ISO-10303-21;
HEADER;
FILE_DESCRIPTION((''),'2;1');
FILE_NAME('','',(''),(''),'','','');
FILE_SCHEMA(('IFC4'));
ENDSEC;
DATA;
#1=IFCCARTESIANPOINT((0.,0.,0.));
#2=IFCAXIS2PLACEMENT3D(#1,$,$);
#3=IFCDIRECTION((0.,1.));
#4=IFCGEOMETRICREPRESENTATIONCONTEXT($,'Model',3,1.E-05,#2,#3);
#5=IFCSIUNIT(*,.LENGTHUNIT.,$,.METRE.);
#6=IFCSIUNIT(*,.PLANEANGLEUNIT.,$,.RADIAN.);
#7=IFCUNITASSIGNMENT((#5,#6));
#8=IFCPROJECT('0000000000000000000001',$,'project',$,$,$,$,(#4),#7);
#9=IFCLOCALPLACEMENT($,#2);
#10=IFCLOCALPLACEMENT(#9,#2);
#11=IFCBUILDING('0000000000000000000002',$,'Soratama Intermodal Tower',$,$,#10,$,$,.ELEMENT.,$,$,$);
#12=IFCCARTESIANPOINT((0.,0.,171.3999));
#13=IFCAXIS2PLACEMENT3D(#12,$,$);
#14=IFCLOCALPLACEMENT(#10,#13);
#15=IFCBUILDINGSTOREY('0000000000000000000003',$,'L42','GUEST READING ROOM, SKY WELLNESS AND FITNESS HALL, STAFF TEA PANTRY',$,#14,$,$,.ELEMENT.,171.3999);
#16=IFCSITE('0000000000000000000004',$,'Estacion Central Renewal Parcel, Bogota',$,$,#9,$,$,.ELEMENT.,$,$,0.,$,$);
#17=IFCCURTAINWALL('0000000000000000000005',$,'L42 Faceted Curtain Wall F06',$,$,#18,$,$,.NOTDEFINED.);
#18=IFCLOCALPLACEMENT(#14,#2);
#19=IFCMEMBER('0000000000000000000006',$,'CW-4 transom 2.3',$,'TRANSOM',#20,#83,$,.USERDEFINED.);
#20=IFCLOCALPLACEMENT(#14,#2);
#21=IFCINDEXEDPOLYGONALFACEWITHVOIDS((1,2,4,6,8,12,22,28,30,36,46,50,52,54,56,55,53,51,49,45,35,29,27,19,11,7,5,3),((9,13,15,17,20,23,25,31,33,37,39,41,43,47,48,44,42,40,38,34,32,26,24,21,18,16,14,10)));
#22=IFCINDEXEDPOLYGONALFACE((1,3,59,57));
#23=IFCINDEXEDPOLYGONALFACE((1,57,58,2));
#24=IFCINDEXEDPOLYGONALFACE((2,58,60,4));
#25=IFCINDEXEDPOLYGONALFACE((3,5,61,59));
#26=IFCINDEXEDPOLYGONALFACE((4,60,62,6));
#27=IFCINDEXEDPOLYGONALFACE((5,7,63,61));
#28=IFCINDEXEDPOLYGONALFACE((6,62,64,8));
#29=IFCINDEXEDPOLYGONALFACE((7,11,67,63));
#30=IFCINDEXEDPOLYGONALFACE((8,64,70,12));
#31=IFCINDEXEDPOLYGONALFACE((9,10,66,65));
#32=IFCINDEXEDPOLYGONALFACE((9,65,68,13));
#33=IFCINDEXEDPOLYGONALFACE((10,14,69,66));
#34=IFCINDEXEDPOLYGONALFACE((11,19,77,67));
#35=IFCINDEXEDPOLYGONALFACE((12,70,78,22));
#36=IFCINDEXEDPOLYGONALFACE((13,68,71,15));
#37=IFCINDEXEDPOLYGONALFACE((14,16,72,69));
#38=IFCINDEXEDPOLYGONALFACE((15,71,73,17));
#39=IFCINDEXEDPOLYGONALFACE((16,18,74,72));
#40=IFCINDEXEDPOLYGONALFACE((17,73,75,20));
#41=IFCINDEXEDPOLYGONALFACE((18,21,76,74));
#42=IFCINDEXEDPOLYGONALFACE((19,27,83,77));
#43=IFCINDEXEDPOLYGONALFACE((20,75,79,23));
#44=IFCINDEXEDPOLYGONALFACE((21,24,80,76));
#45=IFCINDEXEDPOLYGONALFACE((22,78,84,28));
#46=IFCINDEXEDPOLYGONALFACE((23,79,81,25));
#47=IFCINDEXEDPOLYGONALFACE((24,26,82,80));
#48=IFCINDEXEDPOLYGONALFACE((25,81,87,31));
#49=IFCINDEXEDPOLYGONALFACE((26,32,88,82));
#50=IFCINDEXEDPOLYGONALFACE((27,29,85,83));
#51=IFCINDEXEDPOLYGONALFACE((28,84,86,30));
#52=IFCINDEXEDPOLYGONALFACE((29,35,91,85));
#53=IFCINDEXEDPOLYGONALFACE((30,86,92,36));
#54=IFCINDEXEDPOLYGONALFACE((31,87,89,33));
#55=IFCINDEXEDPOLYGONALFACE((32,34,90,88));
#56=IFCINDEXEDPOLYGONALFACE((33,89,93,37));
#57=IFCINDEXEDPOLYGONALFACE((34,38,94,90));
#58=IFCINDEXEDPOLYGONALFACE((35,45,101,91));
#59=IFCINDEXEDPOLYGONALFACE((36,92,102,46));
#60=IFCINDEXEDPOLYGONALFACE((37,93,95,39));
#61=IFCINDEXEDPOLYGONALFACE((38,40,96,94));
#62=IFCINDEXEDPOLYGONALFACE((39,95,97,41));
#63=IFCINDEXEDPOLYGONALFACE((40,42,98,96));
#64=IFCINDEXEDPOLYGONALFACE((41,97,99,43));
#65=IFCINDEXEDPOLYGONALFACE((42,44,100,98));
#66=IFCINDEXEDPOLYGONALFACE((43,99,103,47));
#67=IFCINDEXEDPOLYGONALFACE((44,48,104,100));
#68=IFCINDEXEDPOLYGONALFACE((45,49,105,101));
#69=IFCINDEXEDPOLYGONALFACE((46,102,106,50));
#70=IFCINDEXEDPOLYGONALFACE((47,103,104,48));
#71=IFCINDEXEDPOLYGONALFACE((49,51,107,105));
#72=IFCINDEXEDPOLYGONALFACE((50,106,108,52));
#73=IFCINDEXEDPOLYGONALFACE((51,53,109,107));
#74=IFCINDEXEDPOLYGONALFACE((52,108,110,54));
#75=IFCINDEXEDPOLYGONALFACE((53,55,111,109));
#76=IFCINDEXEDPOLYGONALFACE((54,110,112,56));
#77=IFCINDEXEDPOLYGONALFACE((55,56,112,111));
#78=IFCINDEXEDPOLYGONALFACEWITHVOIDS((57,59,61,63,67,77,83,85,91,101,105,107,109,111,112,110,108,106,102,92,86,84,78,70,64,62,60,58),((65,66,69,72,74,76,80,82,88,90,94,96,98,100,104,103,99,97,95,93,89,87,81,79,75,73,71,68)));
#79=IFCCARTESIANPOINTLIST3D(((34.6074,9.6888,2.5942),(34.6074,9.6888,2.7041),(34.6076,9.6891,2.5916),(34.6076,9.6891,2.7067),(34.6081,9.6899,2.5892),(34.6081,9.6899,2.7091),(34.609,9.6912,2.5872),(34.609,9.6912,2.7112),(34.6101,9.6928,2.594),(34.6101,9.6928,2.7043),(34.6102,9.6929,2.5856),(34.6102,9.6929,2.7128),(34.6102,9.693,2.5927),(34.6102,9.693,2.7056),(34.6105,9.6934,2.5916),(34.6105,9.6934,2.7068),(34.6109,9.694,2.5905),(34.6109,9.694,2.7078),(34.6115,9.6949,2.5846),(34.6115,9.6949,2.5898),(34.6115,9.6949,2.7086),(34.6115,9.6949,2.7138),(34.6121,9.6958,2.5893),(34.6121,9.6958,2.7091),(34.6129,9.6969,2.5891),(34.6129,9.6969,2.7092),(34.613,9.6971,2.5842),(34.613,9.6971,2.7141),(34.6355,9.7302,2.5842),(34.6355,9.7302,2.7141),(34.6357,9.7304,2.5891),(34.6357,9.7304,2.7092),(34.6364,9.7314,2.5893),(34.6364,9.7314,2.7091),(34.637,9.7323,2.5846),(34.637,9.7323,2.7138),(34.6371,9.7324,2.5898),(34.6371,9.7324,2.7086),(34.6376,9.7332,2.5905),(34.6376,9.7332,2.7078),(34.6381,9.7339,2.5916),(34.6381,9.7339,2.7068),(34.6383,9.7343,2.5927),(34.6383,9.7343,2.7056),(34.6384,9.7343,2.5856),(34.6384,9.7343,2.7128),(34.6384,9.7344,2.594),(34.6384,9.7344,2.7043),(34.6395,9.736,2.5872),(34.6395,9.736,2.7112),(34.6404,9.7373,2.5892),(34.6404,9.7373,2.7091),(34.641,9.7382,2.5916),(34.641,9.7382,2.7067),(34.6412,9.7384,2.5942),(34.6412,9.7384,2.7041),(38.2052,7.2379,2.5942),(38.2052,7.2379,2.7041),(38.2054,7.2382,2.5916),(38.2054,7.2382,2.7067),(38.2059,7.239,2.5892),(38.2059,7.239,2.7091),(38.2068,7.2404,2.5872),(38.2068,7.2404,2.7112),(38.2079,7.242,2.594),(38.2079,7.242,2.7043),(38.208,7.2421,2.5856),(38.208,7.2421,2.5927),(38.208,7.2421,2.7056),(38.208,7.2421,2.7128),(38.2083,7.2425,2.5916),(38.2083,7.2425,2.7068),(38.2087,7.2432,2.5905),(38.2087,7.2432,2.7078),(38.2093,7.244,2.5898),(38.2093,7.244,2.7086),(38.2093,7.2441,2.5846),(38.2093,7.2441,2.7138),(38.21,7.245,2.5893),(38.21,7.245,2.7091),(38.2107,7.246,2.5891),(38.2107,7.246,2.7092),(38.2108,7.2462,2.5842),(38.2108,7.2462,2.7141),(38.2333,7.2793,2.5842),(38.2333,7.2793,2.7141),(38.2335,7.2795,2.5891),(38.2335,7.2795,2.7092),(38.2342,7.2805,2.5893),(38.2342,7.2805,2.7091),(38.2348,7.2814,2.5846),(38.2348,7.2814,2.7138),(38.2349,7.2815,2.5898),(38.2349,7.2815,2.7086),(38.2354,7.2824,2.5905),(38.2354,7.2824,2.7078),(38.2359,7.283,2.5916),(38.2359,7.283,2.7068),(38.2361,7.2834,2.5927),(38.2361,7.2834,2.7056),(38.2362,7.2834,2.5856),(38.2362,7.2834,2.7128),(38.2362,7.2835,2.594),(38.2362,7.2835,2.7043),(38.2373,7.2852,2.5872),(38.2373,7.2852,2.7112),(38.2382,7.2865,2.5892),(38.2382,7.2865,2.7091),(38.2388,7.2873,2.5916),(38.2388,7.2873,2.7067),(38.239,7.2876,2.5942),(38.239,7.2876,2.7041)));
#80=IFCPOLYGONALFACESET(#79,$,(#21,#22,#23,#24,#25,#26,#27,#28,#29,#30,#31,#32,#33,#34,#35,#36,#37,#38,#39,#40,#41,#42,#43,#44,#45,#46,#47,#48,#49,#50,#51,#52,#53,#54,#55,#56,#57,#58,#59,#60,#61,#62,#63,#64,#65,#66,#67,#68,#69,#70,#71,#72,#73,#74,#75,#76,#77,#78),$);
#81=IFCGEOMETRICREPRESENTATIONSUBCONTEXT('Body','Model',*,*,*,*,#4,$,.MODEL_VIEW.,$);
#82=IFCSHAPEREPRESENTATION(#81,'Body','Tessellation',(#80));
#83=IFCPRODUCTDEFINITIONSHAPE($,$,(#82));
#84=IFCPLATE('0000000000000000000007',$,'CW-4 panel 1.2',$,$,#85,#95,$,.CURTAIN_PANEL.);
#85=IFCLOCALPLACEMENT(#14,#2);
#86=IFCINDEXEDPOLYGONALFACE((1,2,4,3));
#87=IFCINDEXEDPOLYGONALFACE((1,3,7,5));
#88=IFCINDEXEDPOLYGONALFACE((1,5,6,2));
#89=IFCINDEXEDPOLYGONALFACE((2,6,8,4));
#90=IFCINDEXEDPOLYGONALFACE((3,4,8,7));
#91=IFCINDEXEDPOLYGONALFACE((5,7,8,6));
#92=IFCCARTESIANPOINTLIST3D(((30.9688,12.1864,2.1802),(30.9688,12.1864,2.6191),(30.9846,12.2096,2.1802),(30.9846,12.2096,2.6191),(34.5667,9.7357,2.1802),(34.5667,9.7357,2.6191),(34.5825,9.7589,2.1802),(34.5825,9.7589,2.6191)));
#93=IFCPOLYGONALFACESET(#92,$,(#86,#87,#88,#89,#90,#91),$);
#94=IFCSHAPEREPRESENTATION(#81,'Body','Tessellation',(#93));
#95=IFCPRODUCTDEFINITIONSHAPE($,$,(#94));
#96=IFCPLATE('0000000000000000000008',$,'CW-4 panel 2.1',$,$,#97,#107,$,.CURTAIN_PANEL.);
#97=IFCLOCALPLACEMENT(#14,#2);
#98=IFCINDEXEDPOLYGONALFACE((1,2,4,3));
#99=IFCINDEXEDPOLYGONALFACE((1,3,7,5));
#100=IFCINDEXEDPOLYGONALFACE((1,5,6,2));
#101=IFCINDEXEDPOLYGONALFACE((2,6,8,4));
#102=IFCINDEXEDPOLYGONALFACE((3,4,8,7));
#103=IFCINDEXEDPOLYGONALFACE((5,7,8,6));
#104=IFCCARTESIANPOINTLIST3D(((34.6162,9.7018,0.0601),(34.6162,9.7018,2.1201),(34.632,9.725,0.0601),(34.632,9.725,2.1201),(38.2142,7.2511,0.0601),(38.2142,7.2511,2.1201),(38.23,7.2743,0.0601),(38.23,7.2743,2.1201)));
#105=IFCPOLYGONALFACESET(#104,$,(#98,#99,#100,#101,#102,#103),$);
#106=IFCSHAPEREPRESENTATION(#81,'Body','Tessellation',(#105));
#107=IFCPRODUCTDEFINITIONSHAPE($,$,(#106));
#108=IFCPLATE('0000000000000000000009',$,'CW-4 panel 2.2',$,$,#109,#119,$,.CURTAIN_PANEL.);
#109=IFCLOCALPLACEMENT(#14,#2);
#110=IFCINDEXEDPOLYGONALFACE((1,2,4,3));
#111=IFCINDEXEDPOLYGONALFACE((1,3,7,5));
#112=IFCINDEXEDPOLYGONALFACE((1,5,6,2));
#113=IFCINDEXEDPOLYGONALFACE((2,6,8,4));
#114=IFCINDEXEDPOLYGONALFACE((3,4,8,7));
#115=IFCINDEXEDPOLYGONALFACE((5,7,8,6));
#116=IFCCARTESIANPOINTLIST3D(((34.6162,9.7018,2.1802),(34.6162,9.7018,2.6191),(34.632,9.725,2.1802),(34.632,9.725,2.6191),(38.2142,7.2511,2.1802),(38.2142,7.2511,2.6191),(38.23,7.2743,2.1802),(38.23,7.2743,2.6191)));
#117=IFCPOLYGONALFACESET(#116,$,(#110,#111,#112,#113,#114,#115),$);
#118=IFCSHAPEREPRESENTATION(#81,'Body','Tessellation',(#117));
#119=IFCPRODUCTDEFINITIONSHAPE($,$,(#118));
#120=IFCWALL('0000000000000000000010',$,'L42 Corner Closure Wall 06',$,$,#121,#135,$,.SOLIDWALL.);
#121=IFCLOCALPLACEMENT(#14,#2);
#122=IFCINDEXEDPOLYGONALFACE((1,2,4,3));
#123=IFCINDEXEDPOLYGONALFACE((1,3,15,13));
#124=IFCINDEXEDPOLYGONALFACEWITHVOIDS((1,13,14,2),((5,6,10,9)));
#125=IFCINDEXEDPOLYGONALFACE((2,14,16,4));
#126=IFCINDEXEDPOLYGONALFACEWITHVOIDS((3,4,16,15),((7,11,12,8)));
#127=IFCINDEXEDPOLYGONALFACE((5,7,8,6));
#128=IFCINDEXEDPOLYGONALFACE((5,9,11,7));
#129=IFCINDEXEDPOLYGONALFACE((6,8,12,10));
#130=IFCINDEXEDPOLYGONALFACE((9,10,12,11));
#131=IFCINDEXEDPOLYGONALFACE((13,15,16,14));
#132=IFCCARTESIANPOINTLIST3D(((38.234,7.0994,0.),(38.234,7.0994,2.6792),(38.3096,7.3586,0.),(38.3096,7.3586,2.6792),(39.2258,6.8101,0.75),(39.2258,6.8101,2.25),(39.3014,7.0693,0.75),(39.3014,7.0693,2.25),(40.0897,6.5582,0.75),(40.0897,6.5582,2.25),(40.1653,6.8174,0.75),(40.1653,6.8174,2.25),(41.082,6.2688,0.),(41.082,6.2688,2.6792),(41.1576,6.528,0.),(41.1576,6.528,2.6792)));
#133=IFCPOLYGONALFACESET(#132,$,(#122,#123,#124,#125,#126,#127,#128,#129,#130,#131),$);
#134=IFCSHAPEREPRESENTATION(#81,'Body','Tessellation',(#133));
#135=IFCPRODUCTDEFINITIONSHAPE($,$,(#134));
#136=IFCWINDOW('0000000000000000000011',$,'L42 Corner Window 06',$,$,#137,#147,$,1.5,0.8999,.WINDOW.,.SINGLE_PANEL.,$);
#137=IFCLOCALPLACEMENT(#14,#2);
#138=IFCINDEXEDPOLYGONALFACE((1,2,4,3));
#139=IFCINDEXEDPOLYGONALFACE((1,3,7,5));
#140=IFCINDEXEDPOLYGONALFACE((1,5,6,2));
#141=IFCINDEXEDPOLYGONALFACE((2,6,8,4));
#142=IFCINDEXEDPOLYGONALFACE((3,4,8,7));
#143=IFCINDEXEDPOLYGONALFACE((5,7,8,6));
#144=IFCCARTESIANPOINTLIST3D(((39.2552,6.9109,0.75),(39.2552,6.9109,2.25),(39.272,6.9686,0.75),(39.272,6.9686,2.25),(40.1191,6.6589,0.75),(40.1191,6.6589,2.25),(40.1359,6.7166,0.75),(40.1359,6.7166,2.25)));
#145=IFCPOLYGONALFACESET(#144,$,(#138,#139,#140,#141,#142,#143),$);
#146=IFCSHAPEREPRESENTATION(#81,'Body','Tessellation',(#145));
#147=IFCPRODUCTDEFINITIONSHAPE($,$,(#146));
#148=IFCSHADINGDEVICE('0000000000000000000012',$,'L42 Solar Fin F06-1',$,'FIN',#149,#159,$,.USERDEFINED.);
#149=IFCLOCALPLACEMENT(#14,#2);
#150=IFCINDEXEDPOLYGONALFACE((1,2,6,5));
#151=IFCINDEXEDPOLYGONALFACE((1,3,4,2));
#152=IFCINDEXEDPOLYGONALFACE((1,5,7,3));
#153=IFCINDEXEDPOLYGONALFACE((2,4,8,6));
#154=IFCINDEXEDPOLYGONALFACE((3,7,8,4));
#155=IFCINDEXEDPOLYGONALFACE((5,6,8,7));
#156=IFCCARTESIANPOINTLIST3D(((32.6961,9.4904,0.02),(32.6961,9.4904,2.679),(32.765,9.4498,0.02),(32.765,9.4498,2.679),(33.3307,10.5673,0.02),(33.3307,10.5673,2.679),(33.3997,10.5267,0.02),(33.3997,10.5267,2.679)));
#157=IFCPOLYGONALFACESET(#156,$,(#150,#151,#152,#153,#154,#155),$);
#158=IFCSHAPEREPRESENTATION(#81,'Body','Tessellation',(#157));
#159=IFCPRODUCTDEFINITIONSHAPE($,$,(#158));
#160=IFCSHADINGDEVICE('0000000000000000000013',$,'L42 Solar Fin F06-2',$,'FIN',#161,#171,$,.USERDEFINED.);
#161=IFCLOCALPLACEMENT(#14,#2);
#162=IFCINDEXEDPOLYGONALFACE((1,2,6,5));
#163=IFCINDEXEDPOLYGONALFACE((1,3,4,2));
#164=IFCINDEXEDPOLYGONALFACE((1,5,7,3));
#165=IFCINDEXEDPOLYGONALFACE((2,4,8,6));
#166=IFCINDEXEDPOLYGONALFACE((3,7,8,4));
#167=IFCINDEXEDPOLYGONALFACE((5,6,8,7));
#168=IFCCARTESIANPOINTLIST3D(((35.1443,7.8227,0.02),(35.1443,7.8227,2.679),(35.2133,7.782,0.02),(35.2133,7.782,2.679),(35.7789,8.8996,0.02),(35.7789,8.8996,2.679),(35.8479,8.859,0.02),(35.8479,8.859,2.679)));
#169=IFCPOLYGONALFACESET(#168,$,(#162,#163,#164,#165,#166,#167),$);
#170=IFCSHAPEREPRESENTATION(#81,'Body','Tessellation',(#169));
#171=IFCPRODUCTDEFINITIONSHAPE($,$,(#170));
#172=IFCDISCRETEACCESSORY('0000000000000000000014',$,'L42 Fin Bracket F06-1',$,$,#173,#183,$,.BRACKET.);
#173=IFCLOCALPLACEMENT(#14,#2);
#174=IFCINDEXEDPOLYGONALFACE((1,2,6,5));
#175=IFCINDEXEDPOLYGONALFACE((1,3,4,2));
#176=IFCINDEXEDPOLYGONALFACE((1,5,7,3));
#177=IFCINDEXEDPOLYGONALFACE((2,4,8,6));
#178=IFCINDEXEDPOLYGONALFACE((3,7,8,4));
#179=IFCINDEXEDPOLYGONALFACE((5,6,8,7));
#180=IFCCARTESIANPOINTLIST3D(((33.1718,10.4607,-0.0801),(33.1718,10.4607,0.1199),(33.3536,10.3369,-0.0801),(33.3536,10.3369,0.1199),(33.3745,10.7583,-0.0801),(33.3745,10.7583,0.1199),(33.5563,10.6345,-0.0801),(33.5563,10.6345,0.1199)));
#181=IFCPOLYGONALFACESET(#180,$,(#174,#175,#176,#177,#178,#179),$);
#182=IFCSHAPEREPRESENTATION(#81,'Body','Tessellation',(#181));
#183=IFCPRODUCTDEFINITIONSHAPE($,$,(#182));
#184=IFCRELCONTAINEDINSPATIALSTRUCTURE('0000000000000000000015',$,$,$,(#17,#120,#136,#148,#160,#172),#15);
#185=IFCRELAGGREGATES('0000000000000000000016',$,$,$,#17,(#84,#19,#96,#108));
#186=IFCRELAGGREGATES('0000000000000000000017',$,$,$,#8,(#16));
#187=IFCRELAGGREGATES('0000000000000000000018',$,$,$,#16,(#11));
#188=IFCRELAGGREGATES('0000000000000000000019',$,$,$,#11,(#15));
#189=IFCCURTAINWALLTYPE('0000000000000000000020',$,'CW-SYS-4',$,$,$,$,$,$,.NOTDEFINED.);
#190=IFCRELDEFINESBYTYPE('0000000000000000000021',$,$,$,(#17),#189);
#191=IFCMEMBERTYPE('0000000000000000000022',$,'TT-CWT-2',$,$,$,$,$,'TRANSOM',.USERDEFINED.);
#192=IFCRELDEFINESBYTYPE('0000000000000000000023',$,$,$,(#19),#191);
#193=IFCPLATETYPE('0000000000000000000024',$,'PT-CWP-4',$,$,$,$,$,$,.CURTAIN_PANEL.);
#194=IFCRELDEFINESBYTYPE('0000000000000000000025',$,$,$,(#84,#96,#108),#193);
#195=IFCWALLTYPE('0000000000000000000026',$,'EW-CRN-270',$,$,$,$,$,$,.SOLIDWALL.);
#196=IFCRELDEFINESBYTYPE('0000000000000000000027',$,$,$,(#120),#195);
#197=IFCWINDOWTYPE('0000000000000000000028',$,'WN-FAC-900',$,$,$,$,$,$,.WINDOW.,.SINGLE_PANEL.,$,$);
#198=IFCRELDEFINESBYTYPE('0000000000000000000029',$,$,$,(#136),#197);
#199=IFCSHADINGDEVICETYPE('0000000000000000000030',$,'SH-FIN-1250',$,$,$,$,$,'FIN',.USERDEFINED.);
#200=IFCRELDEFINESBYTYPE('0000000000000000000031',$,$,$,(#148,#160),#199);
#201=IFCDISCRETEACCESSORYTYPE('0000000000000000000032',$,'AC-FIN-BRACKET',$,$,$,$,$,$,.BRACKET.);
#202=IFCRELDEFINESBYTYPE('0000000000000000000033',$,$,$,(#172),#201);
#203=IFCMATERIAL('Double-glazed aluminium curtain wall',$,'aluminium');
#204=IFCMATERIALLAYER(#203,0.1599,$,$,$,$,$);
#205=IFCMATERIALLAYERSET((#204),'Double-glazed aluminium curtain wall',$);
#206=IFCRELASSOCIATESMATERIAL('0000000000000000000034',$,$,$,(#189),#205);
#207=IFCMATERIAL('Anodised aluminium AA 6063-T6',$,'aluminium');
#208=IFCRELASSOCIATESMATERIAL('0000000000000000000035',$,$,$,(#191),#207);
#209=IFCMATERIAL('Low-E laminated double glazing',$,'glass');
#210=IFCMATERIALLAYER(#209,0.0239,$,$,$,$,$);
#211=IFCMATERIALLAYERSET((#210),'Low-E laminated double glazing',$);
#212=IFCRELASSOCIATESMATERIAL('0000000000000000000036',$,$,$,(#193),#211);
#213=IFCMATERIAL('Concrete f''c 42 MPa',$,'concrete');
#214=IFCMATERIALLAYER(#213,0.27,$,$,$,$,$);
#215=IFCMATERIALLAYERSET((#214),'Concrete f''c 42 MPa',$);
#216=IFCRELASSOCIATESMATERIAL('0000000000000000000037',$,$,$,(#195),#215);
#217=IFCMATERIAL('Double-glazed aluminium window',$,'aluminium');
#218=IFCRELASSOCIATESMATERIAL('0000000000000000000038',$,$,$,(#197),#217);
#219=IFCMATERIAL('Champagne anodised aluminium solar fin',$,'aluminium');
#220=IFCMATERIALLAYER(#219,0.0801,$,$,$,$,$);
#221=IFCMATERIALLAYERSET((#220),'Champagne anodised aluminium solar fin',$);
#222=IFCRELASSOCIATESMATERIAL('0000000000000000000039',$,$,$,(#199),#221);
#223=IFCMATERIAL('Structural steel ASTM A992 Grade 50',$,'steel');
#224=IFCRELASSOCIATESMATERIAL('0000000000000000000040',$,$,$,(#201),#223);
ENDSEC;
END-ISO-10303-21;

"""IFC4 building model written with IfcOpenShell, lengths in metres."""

from ifc_helpers import new_model, si_unit, direction, frame, frame_2d, origin, origin_2d, place, context, subcontext, project, spatial, rectangle, hollow_rectangle, extrude, material, layer, layer_set, material_profile, profile_set, type_object, element, fill, aggregate, save


model = new_model("IFC4")

# Units and contexts
model_context = context("Model", 3, precision=1e-05, world=origin(), true_north=direction((0.0, 1.0)))
body_context = subcontext(model_context, "Body", "Model", "MODEL_VIEW")
ifc_project = project(units=[si_unit("LENGTHUNIT", "METRE"), si_unit("PLANEANGLEUNIT", "RADIAN")], contexts=[model_context])

# Site, building, storey
site_placement = place(None, origin())
site = spatial("IfcSite", under=ifc_project, at=site_placement, Name="Estacion Central Renewal Parcel, Bogota", CompositionType="ELEMENT", RefElevation=0.0)
building_placement = place(site_placement, origin())
building = spatial("IfcBuilding", under=site, at=building_placement, Name="Soratama Intermodal Tower", CompositionType="ELEMENT")
storey_placement = place(building_placement, frame((0.0, 0.0, 171.3999)))
storey = spatial("IfcBuildingStorey", under=building, at=storey_placement, Name="L42", Description="GUEST READING ROOM, SKY WELLNESS AND FITNESS HALL, STAFF TEA PANTRY", CompositionType="ELEMENT", Elevation=171.3999)

# Curtain wall, member, plates
ifc_material_1 = material(Name="Double-glazed aluminium curtain wall", Category="aluminium")
ifc_layer_1 = layer(ifc_material_1, 0.1599)
ifc_layer_set_1 = layer_set([ifc_layer_1], Name="Double-glazed aluminium curtain wall")
curtain_wall_type = type_object("IfcCurtainWallType", Name="CW-SYS-4", PredefinedType="NOTDEFINED", material=ifc_layer_set_1)
curtain_wall_placement = place(storey_placement, origin())
curtain_wall = element("IfcCurtainWall", 1, at=curtain_wall_placement, inside=storey, type_object=curtain_wall_type, Name="L42 Faceted Curtain Wall F06", PredefinedType="NOTDEFINED")
ifc_material_2 = material(Name="Anodised aluminium AA 6063-T6", Category="aluminium")
ifc_material_profile_1 = material_profile(ifc_material_2, hollow_rectangle(XDim=0.0601, YDim=0.1299, WallThickness=0.0049, InnerFilletRadius=0.0049, OuterFilletRadius=0.01, at=origin_2d()), Name="CWT130X60X5")
ifc_profile_set_1 = profile_set([ifc_material_profile_1], Name="Anodised aluminium AA 6063-T6")
member_type_1 = type_object("IfcMemberType", Name="TT-CWT-2", ElementType="TRANSOM", PredefinedType="USERDEFINED", material=ifc_profile_set_1)
member_1_placement = place(storey_placement, frame((34.6243, 9.7136, 2.6492), z_axis=(0.826461, -0.562994, 0.0), x_axis=(0.562994, 0.826461, 0.0)))
member_1 = element("IfcMember", 2, at=member_1_placement, type_object=member_type_1, Name="CW-4 transom 2.3", ObjectType="TRANSOM", PredefinedType="USERDEFINED", context=body_context, shape_type="SweptSolid", body=[
    extrude(hollow_rectangle(XDim=0.0601, YDim=0.1299, WallThickness=0.0049, InnerFilletRadius=0.0049, OuterFilletRadius=0.01, at=origin_2d()), origin(), (0.0, 0.0, 1.0), 4.3533),
])
ifc_material_3 = material(Name="Low-E laminated double glazing", Category="glass")
ifc_layer_2 = layer(ifc_material_3, 0.0239)
ifc_layer_set_2 = layer_set([ifc_layer_2], Name="Low-E laminated double glazing")
plate_type = type_object("IfcPlateType", Name="PT-CWP-4", PredefinedType="CURTAIN_PANEL", material=ifc_layer_set_2)
plate_1_placement = place(storey_placement, frame((32.7756, 10.9727, 2.1802), z_axis=(0.0, 0.0, 1.0), x_axis=(0.82649, -0.562951, 0.0)))
plate_1 = element("IfcPlate", 3, at=plate_1_placement, type_object=plate_type, Name="CW-4 panel 1.2", PredefinedType="CURTAIN_PANEL", context=body_context, shape_type="SweptSolid", body=[
    extrude(rectangle(XDim=4.3533, YDim=0.0281, at=origin_2d()), origin(), (0.0, 0.0, 1.0), 0.439),
])
plate_2_placement = place(storey_placement, frame((36.4231, 8.488, 0.0601), z_axis=(0.0, 0.0, 1.0), x_axis=(0.82649, -0.562951, 0.0)))
plate_2 = element("IfcPlate", 4, at=plate_2_placement, type_object=plate_type, Name="CW-4 panel 2.1", PredefinedType="CURTAIN_PANEL", context=body_context, shape_type="SweptSolid", body=[
    extrude(rectangle(XDim=4.3533, YDim=0.0281, at=origin_2d()), origin(), (0.0, 0.0, 1.0), 2.0601),
])
plate_3_placement = place(storey_placement, frame((36.4231, 8.488, 2.1802), z_axis=(0.0, 0.0, 1.0), x_axis=(0.82649, -0.562951, 0.0)))
plate_3 = element("IfcPlate", 5, at=plate_3_placement, type_object=plate_type, Name="CW-4 panel 2.2", PredefinedType="CURTAIN_PANEL", context=body_context, shape_type="SweptSolid", body=[
    extrude(rectangle(XDim=4.3533, YDim=0.0281, at=origin_2d()), origin(), (0.0, 0.0, 1.0), 0.439),
])
aggregate(curtain_wall, [plate_1, member_1, plate_2, plate_3])

# Wall, opening, window
ifc_material_4 = material(Name="Concrete f'c 42 MPa", Category="concrete")
ifc_layer_3 = layer(ifc_material_4, 0.27)
ifc_layer_set_3 = layer_set([ifc_layer_3], Name="Concrete f'c 42 MPa")
wall_type_1 = type_object("IfcWallType", Name="EW-CRN-270", PredefinedType="SOLIDWALL", material=ifc_layer_set_3)
wall_1_placement = place(storey_placement, frame((38.2717, 7.229, 0.0), z_axis=(0.0, 0.0, 1.0), x_axis=(0.960006, -0.279978, 0.0)))
wall_1 = element("IfcWall", 6, at=wall_1_placement, inside=storey, type_object=wall_type_1, Name="L42 Corner Closure Wall 06", PredefinedType="SOLIDWALL", context=body_context, shape_type="SweptSolid", body=[
    extrude(rectangle(XDim=2.9666, YDim=0.27, at=frame_2d((1.4834, 0.0))), origin(), (0.0, 0.0, 1.0), 2.6792),
])
opening_1_placement = place(wall_1_placement, frame((1.0332, 0.0, 0.75)))
opening_1 = element("IfcOpeningElement", 7, at=opening_1_placement, cuts=wall_1, PredefinedType="OPENING", context=body_context, shape_type="SweptSolid", body=[
    extrude(rectangle(XDim=0.8999, YDim=1.5, at=frame_2d((0.45, 0.75))), frame((0.0, 0.145, 0.0), z_axis=(0.0, -1.0, 0.0), x_axis=(1.0, 0.0, 0.0)), (0.0, 0.0, 1.0), 0.29),
])
ifc_material_5 = material(Name="Double-glazed aluminium window", Category="aluminium")
window_type_1 = type_object("IfcWindowType", Name="WN-FAC-900", PartitioningType="SINGLE_PANEL", PredefinedType="WINDOW", material=ifc_material_5)
window_1_placement = place(opening_1_placement, origin())
window_1 = element("IfcWindow", 8, at=window_1_placement, inside=storey, type_object=window_type_1, Name="L42 Corner Window 06", OverallHeight=1.5, OverallWidth=0.8999, PartitioningType="SINGLE_PANEL", PredefinedType="WINDOW", context=body_context, shape_type="SweptSolid", body=[
    extrude(rectangle(XDim=0.8999, YDim=1.5, at=frame_2d((0.45, 0.75))), frame((0.0, 0.03, 0.0), z_axis=(0.0, -1.0, 0.0), x_axis=(1.0, 0.0, 0.0)), (0.0, 0.0, 1.0), 0.0601),
])
fill(opening_1, window_1)

# Shading devices
ifc_material_6 = material(Name="Champagne anodised aluminium solar fin", Category="aluminium")
ifc_layer_4 = layer(ifc_material_6, 0.0801)
ifc_layer_set_4 = layer_set([ifc_layer_4], Name="Champagne anodised aluminium solar fin")
shading_device_type = type_object("IfcShadingDeviceType", Name="SH-FIN-1250", ElementType="FIN", PredefinedType="USERDEFINED", material=ifc_layer_set_4)
for number, where, z_axis, x_axis, name in (
    (9, (33.0479, 10.0085, 0.02), (0.0, 0.0, 1.0), (-0.507689, -0.861541, 0.0), "L42 Solar Fin F06-1"),
    (10, (35.4961, 8.3408, 0.02), (0.0, 0.0, 1.0), (-0.507689, -0.861541, 0.0), "L42 Solar Fin F06-2"),
):
    element("IfcShadingDevice", number, at=place(storey_placement, frame(where, z_axis=z_axis, x_axis=x_axis)), inside=storey, type_object=shading_device_type, Name=name, ObjectType="FIN", PredefinedType="USERDEFINED", context=body_context, shape_type="SweptSolid", body=[
        extrude(rectangle(XDim=1.25, YDim=0.0801, at=origin_2d()), origin(), (0.0, 0.0, 1.0), 2.6589),
    ])

# Discrete accessory
ifc_material_7 = material(Name="Structural steel ASTM A992 Grade 50", Category="steel")
discrete_accessory_type = type_object("IfcDiscreteAccessoryType", Name="AC-FIN-BRACKET", PredefinedType="BRACKET", material=ifc_material_7)
for number, where, z_axis, x_axis, name in (
    (11, (33.364, 10.5476, -0.0801), (0.0, 0.0, 1.0), (-0.562949, -0.826492, 0.0), "L42 Fin Bracket F06-1"),
):
    element("IfcDiscreteAccessory", number, at=place(storey_placement, frame(where, z_axis=z_axis, x_axis=x_axis)), inside=storey, type_object=discrete_accessory_type, Name=name, PredefinedType="BRACKET", context=body_context, shape_type="SweptSolid", body=[
        extrude(rectangle(XDim=0.3601, YDim=0.22, at=origin_2d()), origin(), (0.0, 0.0, 1.0), 0.2),
    ])

save(model, "model.ifc")
